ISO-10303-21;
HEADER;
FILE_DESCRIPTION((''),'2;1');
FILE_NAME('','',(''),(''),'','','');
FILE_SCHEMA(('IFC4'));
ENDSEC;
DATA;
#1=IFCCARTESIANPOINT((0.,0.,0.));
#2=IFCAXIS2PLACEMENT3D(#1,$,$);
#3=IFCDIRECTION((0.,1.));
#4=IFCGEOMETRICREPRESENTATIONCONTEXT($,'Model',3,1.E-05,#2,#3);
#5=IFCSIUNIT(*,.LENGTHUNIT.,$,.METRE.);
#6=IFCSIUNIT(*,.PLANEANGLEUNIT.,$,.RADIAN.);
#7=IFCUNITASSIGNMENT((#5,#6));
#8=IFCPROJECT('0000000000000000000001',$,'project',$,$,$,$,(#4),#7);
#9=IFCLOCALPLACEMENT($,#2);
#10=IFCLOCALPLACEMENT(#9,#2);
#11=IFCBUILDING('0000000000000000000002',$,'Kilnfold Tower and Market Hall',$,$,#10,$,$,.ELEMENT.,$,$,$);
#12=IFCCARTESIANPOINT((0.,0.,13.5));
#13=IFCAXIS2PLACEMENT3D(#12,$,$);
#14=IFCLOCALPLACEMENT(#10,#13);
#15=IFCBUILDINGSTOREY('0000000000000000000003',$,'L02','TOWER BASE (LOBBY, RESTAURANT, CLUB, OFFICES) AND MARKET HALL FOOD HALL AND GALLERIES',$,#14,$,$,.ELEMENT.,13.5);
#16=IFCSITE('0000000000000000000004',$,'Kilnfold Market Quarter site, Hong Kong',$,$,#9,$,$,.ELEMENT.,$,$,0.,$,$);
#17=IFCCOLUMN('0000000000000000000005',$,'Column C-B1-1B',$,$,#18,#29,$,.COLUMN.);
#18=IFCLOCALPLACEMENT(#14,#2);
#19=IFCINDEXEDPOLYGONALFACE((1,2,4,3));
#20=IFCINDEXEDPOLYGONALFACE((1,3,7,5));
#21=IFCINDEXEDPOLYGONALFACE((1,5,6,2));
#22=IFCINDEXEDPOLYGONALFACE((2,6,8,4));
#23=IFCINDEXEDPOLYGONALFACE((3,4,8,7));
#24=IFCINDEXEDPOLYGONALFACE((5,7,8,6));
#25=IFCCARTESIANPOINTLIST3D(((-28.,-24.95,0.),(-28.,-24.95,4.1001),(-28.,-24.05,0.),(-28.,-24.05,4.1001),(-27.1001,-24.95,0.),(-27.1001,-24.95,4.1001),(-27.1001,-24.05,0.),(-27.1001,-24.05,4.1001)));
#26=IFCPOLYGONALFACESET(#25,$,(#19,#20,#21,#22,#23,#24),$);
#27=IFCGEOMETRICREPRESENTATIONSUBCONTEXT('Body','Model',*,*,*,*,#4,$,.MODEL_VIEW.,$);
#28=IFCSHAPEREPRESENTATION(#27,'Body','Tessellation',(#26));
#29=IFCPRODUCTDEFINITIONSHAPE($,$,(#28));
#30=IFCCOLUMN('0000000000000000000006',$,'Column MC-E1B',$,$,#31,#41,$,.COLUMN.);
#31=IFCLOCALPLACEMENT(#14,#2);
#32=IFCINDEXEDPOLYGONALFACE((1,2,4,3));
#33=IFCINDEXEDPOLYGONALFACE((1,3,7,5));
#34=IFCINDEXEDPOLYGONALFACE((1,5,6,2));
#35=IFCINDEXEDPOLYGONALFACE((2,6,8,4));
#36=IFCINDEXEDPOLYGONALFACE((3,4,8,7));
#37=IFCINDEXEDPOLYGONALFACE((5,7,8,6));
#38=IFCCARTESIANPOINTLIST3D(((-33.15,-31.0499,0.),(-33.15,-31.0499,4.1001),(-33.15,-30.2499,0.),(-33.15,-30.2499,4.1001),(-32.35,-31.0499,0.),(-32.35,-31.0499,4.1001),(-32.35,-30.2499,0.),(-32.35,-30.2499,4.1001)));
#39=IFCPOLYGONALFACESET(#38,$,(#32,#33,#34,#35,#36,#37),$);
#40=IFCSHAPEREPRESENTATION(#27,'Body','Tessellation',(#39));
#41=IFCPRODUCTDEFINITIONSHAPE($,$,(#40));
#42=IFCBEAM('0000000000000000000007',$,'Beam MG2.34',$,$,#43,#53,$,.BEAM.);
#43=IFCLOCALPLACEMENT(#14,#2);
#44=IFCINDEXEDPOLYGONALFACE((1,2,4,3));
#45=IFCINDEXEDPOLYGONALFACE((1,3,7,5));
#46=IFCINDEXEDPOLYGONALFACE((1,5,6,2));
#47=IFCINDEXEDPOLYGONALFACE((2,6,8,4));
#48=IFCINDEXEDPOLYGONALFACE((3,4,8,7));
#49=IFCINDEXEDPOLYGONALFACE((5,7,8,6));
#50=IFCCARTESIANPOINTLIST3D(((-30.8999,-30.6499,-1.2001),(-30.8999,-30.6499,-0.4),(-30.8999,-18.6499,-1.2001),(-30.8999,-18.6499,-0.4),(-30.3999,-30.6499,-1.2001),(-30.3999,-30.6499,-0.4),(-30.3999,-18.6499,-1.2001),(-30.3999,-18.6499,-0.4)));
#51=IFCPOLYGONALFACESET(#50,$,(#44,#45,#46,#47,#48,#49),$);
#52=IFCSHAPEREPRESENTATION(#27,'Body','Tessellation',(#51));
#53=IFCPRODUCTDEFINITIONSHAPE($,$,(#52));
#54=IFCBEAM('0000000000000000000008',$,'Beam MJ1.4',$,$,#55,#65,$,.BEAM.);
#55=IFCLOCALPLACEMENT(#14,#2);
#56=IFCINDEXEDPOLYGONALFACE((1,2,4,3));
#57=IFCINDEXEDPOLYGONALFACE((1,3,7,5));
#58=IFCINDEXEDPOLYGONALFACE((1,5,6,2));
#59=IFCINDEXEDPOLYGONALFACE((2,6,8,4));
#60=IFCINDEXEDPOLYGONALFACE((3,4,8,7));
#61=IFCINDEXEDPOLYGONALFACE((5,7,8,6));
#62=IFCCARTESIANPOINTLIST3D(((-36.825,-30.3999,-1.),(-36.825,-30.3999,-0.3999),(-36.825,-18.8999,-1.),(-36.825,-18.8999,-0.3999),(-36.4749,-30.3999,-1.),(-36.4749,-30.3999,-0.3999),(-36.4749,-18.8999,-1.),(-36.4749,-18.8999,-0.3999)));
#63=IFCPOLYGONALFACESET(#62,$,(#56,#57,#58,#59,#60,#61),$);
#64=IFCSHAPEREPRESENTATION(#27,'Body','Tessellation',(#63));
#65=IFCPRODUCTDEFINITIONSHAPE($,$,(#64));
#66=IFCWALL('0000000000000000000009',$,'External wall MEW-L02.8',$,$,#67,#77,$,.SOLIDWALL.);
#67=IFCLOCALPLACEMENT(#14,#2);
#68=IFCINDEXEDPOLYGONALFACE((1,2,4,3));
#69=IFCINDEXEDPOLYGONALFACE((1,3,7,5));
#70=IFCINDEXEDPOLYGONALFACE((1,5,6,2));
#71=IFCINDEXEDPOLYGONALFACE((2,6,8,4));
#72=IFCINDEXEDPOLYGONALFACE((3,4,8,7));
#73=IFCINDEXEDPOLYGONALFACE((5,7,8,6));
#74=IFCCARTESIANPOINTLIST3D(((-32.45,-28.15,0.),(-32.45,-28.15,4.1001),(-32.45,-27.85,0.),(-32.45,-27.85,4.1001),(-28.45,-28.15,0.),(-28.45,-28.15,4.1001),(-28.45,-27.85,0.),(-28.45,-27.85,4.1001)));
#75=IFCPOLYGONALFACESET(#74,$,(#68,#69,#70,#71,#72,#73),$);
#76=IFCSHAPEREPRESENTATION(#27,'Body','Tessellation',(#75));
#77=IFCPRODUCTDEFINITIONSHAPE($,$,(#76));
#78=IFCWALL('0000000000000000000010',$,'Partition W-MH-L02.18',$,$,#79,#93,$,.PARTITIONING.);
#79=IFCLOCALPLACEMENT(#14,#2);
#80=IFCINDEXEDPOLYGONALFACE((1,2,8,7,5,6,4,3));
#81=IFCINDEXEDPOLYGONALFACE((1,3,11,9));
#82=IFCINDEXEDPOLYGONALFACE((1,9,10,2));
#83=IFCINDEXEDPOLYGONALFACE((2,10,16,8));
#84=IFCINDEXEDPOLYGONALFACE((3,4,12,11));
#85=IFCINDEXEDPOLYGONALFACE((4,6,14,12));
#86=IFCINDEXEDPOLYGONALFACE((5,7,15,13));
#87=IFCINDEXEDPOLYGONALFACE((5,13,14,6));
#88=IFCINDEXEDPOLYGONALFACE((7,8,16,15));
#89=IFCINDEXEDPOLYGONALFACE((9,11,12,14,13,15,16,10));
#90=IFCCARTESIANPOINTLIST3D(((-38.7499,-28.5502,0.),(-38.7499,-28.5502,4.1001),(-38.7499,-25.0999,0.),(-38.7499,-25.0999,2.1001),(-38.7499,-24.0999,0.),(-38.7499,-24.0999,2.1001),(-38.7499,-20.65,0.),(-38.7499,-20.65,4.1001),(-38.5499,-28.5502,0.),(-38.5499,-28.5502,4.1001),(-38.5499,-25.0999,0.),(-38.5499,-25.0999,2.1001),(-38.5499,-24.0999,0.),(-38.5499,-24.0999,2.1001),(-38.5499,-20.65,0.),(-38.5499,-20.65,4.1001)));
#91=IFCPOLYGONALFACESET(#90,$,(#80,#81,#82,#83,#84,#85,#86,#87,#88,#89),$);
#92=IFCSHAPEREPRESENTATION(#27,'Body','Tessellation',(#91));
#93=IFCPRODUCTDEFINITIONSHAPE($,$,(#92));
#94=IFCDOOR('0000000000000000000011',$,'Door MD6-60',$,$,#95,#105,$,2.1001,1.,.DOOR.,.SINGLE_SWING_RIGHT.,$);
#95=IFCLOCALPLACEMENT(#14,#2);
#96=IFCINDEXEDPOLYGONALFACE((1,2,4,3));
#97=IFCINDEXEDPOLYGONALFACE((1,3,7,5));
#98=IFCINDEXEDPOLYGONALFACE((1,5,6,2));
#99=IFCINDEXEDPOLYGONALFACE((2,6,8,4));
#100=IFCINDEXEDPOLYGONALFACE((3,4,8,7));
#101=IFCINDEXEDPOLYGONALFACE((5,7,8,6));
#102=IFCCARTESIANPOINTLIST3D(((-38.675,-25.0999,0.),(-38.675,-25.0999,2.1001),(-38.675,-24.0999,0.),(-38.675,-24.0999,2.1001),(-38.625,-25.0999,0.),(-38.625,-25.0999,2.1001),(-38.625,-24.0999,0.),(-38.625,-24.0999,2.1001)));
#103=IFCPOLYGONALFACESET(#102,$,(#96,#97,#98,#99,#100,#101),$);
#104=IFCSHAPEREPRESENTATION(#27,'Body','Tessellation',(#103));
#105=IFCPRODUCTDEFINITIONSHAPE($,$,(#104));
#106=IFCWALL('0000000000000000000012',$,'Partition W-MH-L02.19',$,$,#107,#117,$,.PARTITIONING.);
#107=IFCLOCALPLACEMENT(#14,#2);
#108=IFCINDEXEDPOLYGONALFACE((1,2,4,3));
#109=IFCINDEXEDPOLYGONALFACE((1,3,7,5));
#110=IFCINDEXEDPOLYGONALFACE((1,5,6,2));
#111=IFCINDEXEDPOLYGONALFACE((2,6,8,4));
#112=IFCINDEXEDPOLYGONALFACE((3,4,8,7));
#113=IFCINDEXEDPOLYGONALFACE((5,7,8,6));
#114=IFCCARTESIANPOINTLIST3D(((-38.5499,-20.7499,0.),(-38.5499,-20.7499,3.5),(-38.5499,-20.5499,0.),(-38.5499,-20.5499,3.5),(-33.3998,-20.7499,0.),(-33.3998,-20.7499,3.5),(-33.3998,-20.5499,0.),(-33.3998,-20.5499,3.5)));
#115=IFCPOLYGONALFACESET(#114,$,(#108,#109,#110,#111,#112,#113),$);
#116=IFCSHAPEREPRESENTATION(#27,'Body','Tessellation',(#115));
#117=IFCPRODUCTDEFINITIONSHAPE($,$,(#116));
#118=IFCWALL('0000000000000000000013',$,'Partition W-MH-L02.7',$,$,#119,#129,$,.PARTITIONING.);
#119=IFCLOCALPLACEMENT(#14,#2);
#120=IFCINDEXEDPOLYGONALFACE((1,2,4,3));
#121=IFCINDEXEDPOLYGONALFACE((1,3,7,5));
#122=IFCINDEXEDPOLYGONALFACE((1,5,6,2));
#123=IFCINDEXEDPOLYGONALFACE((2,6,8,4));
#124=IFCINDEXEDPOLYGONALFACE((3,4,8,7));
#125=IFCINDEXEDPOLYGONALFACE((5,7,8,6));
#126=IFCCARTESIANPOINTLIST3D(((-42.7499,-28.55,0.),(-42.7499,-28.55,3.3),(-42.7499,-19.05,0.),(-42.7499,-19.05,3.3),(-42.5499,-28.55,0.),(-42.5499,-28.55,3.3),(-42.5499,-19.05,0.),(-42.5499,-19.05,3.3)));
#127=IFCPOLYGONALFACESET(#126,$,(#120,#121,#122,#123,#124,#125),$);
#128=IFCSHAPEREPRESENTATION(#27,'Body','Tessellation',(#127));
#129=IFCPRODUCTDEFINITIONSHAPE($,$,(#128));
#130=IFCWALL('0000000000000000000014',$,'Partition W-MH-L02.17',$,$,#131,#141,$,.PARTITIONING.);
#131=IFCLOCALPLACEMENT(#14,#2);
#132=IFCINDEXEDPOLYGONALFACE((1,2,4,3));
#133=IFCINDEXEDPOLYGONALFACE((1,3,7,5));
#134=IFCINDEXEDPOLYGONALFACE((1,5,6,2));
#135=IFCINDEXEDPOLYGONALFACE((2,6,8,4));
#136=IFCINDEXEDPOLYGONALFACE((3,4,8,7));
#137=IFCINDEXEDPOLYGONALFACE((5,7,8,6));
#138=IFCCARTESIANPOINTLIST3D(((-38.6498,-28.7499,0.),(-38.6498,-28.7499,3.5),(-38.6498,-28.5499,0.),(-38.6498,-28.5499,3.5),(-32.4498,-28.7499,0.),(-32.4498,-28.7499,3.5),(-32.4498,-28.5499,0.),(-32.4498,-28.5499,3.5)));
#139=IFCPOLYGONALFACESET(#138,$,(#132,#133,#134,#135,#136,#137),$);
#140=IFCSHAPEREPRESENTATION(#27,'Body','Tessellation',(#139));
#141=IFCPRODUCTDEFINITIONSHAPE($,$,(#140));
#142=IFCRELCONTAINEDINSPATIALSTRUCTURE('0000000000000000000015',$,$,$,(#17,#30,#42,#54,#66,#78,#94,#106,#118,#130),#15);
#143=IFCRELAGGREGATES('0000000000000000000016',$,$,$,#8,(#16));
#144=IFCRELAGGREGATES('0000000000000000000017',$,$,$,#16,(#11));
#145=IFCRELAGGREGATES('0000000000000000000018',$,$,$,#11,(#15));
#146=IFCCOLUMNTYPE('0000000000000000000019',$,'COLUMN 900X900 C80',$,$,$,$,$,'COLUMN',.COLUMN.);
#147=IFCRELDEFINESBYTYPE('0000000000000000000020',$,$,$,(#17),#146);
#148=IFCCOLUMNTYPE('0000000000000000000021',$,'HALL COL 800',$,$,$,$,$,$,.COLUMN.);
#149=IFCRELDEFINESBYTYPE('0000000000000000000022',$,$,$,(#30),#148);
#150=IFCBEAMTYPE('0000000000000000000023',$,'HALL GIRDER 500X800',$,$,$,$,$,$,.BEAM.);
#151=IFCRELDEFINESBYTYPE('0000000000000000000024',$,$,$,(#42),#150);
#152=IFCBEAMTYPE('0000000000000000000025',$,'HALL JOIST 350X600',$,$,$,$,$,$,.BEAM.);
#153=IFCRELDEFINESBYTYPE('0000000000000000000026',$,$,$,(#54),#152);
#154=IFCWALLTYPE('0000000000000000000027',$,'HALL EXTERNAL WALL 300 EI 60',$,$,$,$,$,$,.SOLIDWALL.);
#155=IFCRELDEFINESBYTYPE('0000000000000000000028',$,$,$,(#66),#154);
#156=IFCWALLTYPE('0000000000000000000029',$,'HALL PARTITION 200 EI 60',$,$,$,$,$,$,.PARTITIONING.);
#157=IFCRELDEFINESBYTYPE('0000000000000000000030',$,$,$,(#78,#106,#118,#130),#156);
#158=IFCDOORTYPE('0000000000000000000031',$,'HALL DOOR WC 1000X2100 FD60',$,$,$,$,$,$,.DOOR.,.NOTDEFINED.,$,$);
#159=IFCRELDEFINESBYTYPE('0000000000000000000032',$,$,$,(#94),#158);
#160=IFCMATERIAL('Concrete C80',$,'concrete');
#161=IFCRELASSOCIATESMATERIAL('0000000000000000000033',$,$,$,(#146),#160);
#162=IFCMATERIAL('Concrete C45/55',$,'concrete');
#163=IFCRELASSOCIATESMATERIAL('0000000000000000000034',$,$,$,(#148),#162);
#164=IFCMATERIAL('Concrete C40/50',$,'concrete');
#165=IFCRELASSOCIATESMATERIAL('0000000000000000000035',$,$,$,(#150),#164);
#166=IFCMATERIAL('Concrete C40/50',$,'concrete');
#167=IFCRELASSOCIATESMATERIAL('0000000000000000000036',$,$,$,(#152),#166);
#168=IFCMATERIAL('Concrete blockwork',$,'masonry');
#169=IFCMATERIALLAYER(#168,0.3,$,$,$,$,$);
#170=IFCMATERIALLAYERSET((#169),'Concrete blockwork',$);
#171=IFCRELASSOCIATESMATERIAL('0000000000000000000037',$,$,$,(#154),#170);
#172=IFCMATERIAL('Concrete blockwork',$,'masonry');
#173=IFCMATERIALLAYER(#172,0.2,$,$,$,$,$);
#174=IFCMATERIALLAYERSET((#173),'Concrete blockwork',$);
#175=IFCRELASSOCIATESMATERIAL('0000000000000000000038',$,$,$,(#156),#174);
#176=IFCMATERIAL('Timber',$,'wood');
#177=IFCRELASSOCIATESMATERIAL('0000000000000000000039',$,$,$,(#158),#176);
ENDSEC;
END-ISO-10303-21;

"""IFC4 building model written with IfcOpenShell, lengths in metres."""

from ifc_helpers import new_model, si_unit, direction, frame, frame_2d, origin, origin_2d, place, context, subcontext, project, spatial, rectangle, extrude, source, transform, mapped, material, layer, layer_set, material_profile, profile_set, type_object, element, fill, save


model = new_model("IFC4")

# Units and contexts
model_context = context("Model", 3, precision=1e-05, world=origin(), true_north=direction((0.0, 1.0)))
body_context = subcontext(model_context, "Body", "Model", "MODEL_VIEW")
ifc_project = project(units=[si_unit("LENGTHUNIT", "METRE"), si_unit("PLANEANGLEUNIT", "RADIAN")], contexts=[model_context])

# Site, building, storey
site_placement = place(None, origin())
site = spatial("IfcSite", under=ifc_project, at=site_placement, Name="Kilnfold Market Quarter site, Hong Kong", CompositionType="ELEMENT", RefElevation=0.0)
building_placement = place(site_placement, origin())
building = spatial("IfcBuilding", under=site, at=building_placement, Name="Kilnfold Tower and Market Hall", CompositionType="ELEMENT")
storey_placement = place(building_placement, frame((0.0, 0.0, 13.5)))
storey = spatial("IfcBuildingStorey", under=building, at=storey_placement, Name="L02", Description="TOWER BASE (LOBBY, RESTAURANT, CLUB, OFFICES) AND MARKET HALL FOOD HALL AND GALLERIES", CompositionType="ELEMENT", Elevation=13.5)

# Columns
ifc_material_1 = material(Name="Concrete C80", Category="concrete")
ifc_material_profile_1 = material_profile(ifc_material_1, rectangle(XDim=0.8999, YDim=0.8999, at=origin_2d()), Name="RC 900x900")
ifc_profile_set_1 = profile_set([ifc_material_profile_1], Name="Concrete C80")
column_type_1 = type_object("IfcColumnType", Name="COLUMN 900X900 C80", ElementType="COLUMN", PredefinedType="COLUMN", material=ifc_profile_set_1)
shared_shape_1 = source(origin(), body_context, "Body", "SweptSolid", [
    extrude(rectangle(XDim=0.8999, YDim=0.8999, at=origin_2d()), origin(), (0.0, 0.0, 1.0), 4.1001),
])
column_1_placement = place(storey_placement, frame((-27.55, -24.5, 0.0), z_axis=(0.0, 0.0, 1.0), x_axis=(1.0, 0.0, 0.0)))
element("IfcColumn", 1, at=column_1_placement, inside=storey, type_object=column_type_1, Name="Column C-B1-1B", PredefinedType="COLUMN", context=body_context, shape_type="MappedRepresentation", body=[
    mapped(shared_shape_1, transform((0.0, 0.0, 0.0))),
])
ifc_material_2 = material(Name="Concrete C45/55", Category="concrete")
ifc_material_profile_2 = material_profile(ifc_material_2, rectangle(XDim=0.8, YDim=0.8, at=origin_2d()), Name="RC 800x800")
ifc_profile_set_2 = profile_set([ifc_material_profile_2], Name="Concrete C45/55")
column_type_2 = type_object("IfcColumnType", Name="HALL COL 800", PredefinedType="COLUMN", material=ifc_profile_set_2)
shared_shape_2 = source(origin(), body_context, "Body", "SweptSolid", [
    extrude(rectangle(XDim=0.8, YDim=0.8, at=origin_2d()), origin(), (0.0, 0.0, 1.0), 4.1001),
])
column_2_placement = place(storey_placement, frame((-32.75, -30.6499, 0.0), z_axis=(0.0, 0.0, 1.0), x_axis=(1.0, 0.0, 0.0)))
element("IfcColumn", 2, at=column_2_placement, inside=storey, type_object=column_type_2, Name="Column MC-E1B", PredefinedType="COLUMN", context=body_context, shape_type="MappedRepresentation", body=[
    mapped(shared_shape_2, transform((0.0, 0.0, 0.0))),
])

# Beams
ifc_material_3 = material(Name="Concrete C40/50", Category="concrete")
ifc_material_profile_3 = material_profile(ifc_material_3, rectangle(XDim=0.5, YDim=0.8, at=origin_2d()), Name="RC 500x800")
ifc_profile_set_3 = profile_set([ifc_material_profile_3], Name="Concrete C40/50")
beam_type_1 = type_object("IfcBeamType", Name="HALL GIRDER 500X800", PredefinedType="BEAM", material=ifc_profile_set_3)
beam_1_placement = place(storey_placement, frame((-30.6499, -30.6499, -0.8), z_axis=(0.0, 1.0, 0.0), x_axis=(-1.0, 0.0, 0.0)))
element("IfcBeam", 3, at=beam_1_placement, inside=storey, type_object=beam_type_1, Name="Beam MG2.34", PredefinedType="BEAM", context=body_context, shape_type="SweptSolid", body=[
    extrude(rectangle(XDim=0.5, YDim=0.8, at=origin_2d()), origin(), (0.0, 0.0, 1.0), 12.0),
])
ifc_material_4 = material(Name="Concrete C40/50", Category="concrete")
ifc_material_profile_4 = material_profile(ifc_material_4, rectangle(XDim=0.3501, YDim=0.6001, at=origin_2d()), Name="RC 350x600")
ifc_profile_set_4 = profile_set([ifc_material_profile_4], Name="Concrete C40/50")
beam_type_2 = type_object("IfcBeamType", Name="HALL JOIST 350X600", PredefinedType="BEAM", material=ifc_profile_set_4)
beam_2_placement = place(storey_placement, frame((-36.6499, -30.3999, -0.7), z_axis=(0.0, 1.0, 0.0), x_axis=(-1.0, 0.0, 0.0)))
element("IfcBeam", 4, at=beam_2_placement, inside=storey, type_object=beam_type_2, Name="Beam MJ1.4", PredefinedType="BEAM", context=body_context, shape_type="SweptSolid", body=[
    extrude(rectangle(XDim=0.3501, YDim=0.6001, at=origin_2d()), origin(), (0.0, 0.0, 1.0), 11.5),
])

# Wall
ifc_material_5 = material(Name="Concrete blockwork", Category="masonry")
ifc_layer_1 = layer(ifc_material_5, 0.3)
ifc_layer_set_1 = layer_set([ifc_layer_1], Name="Concrete blockwork")
wall_type_1 = type_object("IfcWallType", Name="HALL EXTERNAL WALL 300 EI 60", PredefinedType="SOLIDWALL", material=ifc_layer_set_1)
shared_shape_3 = source(origin(), body_context, "Body", "SweptSolid", [
    extrude(rectangle(XDim=4.0, YDim=0.3, at=frame_2d((2.0, 0.0))), origin(), (0.0, 0.0, 1.0), 4.1001),
])
wall_1_placement = place(storey_placement, frame((-28.45, -28.0, 0.0), z_axis=(0.0, 0.0, 1.0), x_axis=(-1.0, 0.0, 0.0)))
element("IfcWall", 5, at=wall_1_placement, inside=storey, type_object=wall_type_1, Name="External wall MEW-L02.8", PredefinedType="SOLIDWALL", context=body_context, shape_type="MappedRepresentation", body=[
    mapped(shared_shape_3, transform((0.0, 0.0, 0.0))),
])

# Wall, opening, door
ifc_material_6 = material(Name="Concrete blockwork", Category="masonry")
ifc_layer_2 = layer(ifc_material_6, 0.2)
ifc_layer_set_2 = layer_set([ifc_layer_2], Name="Concrete blockwork")
wall_type_2 = type_object("IfcWallType", Name="HALL PARTITION 200 EI 60", PredefinedType="PARTITIONING", material=ifc_layer_set_2)
shared_shape_4 = source(origin(), body_context, "Body", "SweptSolid", [
    extrude(rectangle(XDim=7.9001, YDim=0.2, at=frame_2d((3.9502, 0.0))), origin(), (0.0, 0.0, 1.0), 4.1001),
])
wall_2_placement = place(storey_placement, frame((-38.6499, -20.6499, 0.0), z_axis=(0.0, 0.0, 1.0), x_axis=(0.0, -1.0, 0.0)))
wall_2 = element("IfcWall", 6, at=wall_2_placement, inside=storey, type_object=wall_type_2, Name="Partition W-MH-L02.18", PredefinedType="PARTITIONING", context=body_context, shape_type="MappedRepresentation", body=[
    mapped(shared_shape_4, transform((0.0, 0.0, 0.0))),
])
opening_1_placement = place(wall_2_placement, frame((3.45, 0.0, 0.0)))
opening_1 = element("IfcOpeningElement", 7, at=opening_1_placement, cuts=wall_2, PredefinedType="OPENING", context=body_context, shape_type="SweptSolid", body=[
    extrude(rectangle(XDim=1.0, YDim=2.1001, at=frame_2d((0.5, 1.05))), frame((0.0, 0.1099, 0.0), z_axis=(0.0, -1.0, 0.0), x_axis=(1.0, 0.0, 0.0)), (0.0, 0.0, 1.0), 0.22),
])
ifc_material_7 = material(Name="Timber", Category="wood")
door_type_1 = type_object("IfcDoorType", Name="HALL DOOR WC 1000X2100 FD60", OperationType="NOTDEFINED", PredefinedType="DOOR", material=ifc_material_7)
door_1_placement = place(opening_1_placement, origin())
door_1 = element("IfcDoor", 8, at=door_1_placement, inside=storey, type_object=door_type_1, Name="Door MD6-60", OperationType="SINGLE_SWING_RIGHT", OverallHeight=2.1001, OverallWidth=1.0, PredefinedType="DOOR", context=body_context, shape_type="SweptSolid", body=[
    extrude(rectangle(XDim=1.0, YDim=2.1001, at=frame_2d((0.5, 1.05))), frame((0.0, 0.0249, 0.0), z_axis=(0.0, -1.0, 0.0), x_axis=(1.0, 0.0, 0.0)), (0.0, 0.0, 1.0), 0.05),
])
fill(opening_1, door_1)

# Walls
shared_shape_5 = source(origin(), body_context, "Body", "SweptSolid", [
    extrude(rectangle(XDim=5.1501, YDim=0.2, at=frame_2d((2.5752, 0.0))), origin(), (0.0, 0.0, 1.0), 3.5),
])
wall_3_placement = place(storey_placement, frame((-38.55, -20.6499, 0.0), z_axis=(0.0, 0.0, 1.0), x_axis=(1.0, 0.0, 0.0)))
element("IfcWall", 9, at=wall_3_placement, inside=storey, type_object=wall_type_2, Name="Partition W-MH-L02.19", PredefinedType="PARTITIONING", context=body_context, shape_type="MappedRepresentation", body=[
    mapped(shared_shape_5, transform((0.0, 0.0, 0.0))),
])
shared_shape_6 = source(origin(), body_context, "Body", "SweptSolid", [
    extrude(rectangle(XDim=9.5, YDim=0.2, at=frame_2d((4.75, 0.0))), origin(), (0.0, 0.0, 1.0), 3.3),
])
wall_4_placement = place(storey_placement, frame((-42.6499, -28.55, 0.0), z_axis=(0.0, 0.0, 1.0), x_axis=(0.0, 1.0, 0.0)))
element("IfcWall", 10, at=wall_4_placement, inside=storey, type_object=wall_type_2, Name="Partition W-MH-L02.7", PredefinedType="PARTITIONING", context=body_context, shape_type="MappedRepresentation", body=[
    mapped(shared_shape_6, transform((0.0, 0.0, 0.0))),
])
shared_shape_7 = source(origin(), body_context, "Body", "SweptSolid", [
    extrude(rectangle(XDim=6.2, YDim=0.2, at=frame_2d((3.1001, 0.0))), origin(), (0.0, 0.0, 1.0), 3.5),
])
wall_5_placement = place(storey_placement, frame((-38.6499, -28.6499, 0.0), z_axis=(0.0, 0.0, 1.0), x_axis=(1.0, 0.0, 0.0)))
element("IfcWall", 11, at=wall_5_placement, inside=storey, type_object=wall_type_2, Name="Partition W-MH-L02.17", PredefinedType="PARTITIONING", context=body_context, shape_type="MappedRepresentation", body=[
    mapped(shared_shape_7, transform((0.0, 0.0, 0.0))),
])

save(model, "model.ifc")
